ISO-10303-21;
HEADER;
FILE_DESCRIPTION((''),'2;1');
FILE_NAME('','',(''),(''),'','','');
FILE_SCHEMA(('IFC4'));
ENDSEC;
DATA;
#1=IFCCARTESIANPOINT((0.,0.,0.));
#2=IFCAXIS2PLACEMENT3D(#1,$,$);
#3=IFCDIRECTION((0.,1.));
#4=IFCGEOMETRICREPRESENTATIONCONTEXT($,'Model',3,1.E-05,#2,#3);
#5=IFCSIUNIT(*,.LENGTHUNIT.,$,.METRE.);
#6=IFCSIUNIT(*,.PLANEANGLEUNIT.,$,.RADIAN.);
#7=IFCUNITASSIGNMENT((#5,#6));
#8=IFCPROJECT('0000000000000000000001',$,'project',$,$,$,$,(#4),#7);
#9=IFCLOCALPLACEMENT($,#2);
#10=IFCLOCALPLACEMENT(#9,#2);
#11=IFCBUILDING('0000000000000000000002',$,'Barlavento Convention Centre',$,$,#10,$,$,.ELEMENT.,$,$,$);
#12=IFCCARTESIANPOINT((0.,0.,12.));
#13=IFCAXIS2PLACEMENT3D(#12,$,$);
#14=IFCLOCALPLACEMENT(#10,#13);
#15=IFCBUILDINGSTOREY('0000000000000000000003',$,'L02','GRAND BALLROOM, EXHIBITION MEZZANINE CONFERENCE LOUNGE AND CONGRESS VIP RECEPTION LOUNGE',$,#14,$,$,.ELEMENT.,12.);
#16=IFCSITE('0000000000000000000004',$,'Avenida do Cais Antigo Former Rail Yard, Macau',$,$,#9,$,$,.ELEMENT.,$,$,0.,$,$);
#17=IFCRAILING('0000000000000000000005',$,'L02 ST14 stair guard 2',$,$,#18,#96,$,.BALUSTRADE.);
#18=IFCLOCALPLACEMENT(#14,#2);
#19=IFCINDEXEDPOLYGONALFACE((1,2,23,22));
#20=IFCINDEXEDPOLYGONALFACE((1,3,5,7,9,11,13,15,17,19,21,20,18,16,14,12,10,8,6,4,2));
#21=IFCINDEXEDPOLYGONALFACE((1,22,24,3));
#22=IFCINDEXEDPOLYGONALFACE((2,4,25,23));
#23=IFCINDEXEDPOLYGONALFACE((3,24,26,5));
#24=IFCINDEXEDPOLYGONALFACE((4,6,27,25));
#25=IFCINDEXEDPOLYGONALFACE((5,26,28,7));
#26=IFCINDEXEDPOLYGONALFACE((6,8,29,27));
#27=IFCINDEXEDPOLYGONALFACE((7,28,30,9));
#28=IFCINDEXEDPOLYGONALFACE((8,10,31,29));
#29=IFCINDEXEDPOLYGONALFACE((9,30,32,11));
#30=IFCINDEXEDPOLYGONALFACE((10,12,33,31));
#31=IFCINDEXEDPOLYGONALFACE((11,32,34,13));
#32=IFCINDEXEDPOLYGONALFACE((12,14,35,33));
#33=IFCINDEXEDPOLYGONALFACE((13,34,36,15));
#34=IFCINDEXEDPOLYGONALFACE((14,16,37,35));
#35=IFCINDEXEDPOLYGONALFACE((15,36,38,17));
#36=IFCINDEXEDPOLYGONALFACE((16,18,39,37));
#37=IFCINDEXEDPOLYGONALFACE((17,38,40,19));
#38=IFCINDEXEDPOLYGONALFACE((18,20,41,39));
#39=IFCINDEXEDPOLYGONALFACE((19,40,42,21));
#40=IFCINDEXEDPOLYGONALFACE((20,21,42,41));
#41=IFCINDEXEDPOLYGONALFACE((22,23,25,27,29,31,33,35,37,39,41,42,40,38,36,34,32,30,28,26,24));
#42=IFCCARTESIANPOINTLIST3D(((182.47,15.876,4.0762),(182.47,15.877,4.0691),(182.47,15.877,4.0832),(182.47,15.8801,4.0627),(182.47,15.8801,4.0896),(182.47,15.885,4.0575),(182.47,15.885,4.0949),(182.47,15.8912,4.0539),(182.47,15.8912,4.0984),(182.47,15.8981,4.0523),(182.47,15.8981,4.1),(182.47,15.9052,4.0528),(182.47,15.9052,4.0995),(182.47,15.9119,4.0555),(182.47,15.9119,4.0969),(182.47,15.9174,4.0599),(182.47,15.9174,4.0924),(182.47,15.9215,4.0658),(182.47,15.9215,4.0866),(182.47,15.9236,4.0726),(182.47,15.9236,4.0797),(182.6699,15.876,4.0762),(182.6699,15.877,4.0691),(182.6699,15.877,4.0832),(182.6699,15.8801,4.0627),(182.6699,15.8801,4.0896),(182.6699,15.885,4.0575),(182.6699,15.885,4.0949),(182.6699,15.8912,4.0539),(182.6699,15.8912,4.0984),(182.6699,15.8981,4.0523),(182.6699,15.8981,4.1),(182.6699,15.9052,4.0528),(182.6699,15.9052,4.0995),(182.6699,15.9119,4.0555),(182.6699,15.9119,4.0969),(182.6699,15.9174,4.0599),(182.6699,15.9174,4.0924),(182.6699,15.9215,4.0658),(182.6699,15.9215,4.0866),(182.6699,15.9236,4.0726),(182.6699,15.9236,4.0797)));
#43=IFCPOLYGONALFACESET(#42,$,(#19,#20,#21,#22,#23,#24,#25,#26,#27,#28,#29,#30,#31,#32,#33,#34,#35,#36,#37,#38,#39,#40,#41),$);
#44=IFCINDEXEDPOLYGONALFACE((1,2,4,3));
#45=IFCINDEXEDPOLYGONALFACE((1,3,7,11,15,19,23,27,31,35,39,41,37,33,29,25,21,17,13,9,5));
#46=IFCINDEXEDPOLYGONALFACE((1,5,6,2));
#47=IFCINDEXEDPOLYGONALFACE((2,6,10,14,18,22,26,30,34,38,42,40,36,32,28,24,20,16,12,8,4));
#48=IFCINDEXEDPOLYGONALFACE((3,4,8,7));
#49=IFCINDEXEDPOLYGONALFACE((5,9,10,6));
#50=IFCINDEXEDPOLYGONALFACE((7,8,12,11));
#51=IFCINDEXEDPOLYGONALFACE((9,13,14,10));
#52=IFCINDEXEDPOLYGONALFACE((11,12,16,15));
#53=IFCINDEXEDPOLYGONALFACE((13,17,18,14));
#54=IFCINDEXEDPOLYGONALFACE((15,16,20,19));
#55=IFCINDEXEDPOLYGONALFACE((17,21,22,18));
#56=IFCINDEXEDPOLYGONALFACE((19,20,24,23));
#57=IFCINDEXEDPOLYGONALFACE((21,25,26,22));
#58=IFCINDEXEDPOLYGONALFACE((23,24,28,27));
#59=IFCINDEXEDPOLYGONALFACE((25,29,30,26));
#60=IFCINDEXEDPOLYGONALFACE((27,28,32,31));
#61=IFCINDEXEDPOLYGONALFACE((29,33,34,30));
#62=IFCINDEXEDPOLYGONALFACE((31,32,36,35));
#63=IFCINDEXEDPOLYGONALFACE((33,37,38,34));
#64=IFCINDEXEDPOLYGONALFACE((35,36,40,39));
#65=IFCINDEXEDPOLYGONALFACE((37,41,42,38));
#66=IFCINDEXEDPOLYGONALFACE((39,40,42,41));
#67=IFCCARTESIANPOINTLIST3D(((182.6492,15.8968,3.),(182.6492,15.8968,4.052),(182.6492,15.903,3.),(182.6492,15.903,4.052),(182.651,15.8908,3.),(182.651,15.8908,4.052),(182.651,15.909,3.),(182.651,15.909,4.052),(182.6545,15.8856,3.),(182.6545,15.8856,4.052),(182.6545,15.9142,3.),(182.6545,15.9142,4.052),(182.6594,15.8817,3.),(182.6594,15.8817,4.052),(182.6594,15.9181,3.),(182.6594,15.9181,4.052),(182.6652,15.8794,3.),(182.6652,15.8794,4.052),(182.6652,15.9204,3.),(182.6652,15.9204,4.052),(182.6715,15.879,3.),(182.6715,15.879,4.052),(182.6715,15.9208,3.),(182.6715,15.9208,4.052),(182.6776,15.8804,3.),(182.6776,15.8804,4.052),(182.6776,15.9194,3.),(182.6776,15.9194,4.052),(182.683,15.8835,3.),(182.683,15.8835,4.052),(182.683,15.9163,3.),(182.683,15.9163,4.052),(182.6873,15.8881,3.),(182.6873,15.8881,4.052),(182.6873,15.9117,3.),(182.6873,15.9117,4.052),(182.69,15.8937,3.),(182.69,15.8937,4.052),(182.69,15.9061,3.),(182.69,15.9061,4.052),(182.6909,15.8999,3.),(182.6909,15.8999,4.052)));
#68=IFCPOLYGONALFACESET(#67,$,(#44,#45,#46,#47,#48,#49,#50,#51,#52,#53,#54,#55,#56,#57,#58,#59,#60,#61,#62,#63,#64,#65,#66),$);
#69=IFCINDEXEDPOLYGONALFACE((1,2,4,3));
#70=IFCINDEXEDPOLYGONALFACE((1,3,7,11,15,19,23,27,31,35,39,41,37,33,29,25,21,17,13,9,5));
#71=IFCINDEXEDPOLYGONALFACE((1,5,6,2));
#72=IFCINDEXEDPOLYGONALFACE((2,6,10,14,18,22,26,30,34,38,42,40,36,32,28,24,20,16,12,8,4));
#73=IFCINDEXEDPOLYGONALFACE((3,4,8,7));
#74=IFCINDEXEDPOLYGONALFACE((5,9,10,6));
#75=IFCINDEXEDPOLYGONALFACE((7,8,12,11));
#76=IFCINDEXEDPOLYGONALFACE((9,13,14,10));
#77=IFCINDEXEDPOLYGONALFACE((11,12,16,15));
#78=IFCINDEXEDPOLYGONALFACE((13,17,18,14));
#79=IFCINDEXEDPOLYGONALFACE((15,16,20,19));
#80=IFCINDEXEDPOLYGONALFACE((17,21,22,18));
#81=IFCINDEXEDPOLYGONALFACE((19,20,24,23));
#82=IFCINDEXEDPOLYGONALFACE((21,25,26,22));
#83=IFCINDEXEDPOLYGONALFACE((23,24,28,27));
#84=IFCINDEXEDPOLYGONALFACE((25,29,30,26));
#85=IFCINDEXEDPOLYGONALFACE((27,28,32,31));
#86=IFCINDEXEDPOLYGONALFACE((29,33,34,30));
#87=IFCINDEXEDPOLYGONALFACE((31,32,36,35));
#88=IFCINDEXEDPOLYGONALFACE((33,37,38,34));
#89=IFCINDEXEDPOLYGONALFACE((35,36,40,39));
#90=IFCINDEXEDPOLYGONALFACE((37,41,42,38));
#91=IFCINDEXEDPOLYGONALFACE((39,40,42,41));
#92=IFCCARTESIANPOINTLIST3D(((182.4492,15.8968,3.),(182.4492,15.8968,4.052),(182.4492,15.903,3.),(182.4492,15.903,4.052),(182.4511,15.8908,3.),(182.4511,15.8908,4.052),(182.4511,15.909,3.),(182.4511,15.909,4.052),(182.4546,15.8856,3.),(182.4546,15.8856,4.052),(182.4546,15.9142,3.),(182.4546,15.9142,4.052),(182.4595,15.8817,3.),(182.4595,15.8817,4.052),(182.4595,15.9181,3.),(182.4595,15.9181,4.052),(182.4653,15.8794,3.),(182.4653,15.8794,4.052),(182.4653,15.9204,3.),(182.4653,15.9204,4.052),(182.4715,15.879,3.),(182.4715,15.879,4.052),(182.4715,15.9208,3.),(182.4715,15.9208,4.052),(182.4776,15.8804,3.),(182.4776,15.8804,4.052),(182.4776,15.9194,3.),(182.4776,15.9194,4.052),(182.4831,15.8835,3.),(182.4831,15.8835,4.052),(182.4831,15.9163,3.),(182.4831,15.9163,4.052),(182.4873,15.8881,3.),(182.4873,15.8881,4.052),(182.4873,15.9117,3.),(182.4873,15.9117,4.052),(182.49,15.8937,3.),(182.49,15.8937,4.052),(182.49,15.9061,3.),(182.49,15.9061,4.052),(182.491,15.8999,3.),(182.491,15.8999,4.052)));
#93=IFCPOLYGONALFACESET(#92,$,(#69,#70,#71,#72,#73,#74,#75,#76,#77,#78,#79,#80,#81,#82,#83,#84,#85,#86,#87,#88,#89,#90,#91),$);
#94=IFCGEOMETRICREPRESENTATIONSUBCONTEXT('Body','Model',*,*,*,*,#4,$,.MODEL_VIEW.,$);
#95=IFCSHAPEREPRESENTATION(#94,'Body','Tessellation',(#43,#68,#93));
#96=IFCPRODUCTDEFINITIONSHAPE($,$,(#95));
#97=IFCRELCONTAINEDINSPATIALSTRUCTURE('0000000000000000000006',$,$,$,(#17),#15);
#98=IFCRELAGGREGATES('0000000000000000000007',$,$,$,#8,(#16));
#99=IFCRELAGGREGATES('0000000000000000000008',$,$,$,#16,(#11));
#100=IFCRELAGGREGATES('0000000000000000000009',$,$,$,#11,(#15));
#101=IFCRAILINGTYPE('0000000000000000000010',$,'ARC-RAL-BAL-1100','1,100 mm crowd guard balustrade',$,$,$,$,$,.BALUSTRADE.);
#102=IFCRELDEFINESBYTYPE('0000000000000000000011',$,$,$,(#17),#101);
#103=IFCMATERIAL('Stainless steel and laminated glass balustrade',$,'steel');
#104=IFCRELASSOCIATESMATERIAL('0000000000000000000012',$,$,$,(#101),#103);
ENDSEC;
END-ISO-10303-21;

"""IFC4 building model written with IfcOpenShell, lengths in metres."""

from ifc_helpers import new_model, si_unit, direction, frame, origin, origin_2d, place, context, subcontext, project, spatial, circle, extrude, material, type_object, element, save


model = new_model("IFC4")

# Units and contexts
model_context = context("Model", 3, precision=1e-05, world=origin(), true_north=direction((0.0, 1.0)))
body_context = subcontext(model_context, "Body", "Model", "MODEL_VIEW")
ifc_project = project(units=[si_unit("LENGTHUNIT", "METRE"), si_unit("PLANEANGLEUNIT", "RADIAN")], contexts=[model_context])

# Site, building, storey
site_placement = place(None, origin())
site = spatial("IfcSite", under=ifc_project, at=site_placement, Name="Avenida do Cais Antigo Former Rail Yard, Macau", CompositionType="ELEMENT", RefElevation=0.0)
building_placement = place(site_placement, origin())
building = spatial("IfcBuilding", under=site, at=building_placement, Name="Barlavento Convention Centre", CompositionType="ELEMENT")
storey_placement = place(building_placement, frame((0.0, 0.0, 12.0)))
storey = spatial("IfcBuildingStorey", under=building, at=storey_placement, Name="L02", Description="GRAND BALLROOM, EXHIBITION MEZZANINE CONFERENCE LOUNGE AND CONGRESS VIP RECEPTION LOUNGE", CompositionType="ELEMENT", Elevation=12.0)

# Railing
ifc_material_1 = material(Name="Stainless steel and laminated glass balustrade", Category="steel")
railing_type_1 = type_object("IfcRailingType", Name="ARC-RAL-BAL-1100", Description="1,100 mm crowd guard balustrade", PredefinedType="BALUSTRADE", material=ifc_material_1)
railing_1_placement = place(storey_placement, frame((182.6699, 15.8999, 3.0)))
element("IfcRailing", 1, at=railing_1_placement, inside=storey, type_object=railing_type_1, Name="L02 ST14 stair guard 2", PredefinedType="BALUSTRADE", context=body_context, shape_type="SweptSolid", body=[
    extrude(circle(Radius=0.0239, at=origin_2d()), frame((0.0, 0.0, 1.0762), z_axis=(-1.0, 0.0, 0.0), x_axis=(0.0, -1.0, 0.0)), (0.0, 0.0, 1.0), 0.2),
    extrude(circle(Radius=0.021, at=origin_2d()), origin(), (0.0, 0.0, 1.0), 1.052),
    extrude(circle(Radius=0.021, at=origin_2d()), frame((-0.2, 0.0, 0.0)), (0.0, 0.0, 1.0), 1.052),
])

save(model, "model.ifc")
